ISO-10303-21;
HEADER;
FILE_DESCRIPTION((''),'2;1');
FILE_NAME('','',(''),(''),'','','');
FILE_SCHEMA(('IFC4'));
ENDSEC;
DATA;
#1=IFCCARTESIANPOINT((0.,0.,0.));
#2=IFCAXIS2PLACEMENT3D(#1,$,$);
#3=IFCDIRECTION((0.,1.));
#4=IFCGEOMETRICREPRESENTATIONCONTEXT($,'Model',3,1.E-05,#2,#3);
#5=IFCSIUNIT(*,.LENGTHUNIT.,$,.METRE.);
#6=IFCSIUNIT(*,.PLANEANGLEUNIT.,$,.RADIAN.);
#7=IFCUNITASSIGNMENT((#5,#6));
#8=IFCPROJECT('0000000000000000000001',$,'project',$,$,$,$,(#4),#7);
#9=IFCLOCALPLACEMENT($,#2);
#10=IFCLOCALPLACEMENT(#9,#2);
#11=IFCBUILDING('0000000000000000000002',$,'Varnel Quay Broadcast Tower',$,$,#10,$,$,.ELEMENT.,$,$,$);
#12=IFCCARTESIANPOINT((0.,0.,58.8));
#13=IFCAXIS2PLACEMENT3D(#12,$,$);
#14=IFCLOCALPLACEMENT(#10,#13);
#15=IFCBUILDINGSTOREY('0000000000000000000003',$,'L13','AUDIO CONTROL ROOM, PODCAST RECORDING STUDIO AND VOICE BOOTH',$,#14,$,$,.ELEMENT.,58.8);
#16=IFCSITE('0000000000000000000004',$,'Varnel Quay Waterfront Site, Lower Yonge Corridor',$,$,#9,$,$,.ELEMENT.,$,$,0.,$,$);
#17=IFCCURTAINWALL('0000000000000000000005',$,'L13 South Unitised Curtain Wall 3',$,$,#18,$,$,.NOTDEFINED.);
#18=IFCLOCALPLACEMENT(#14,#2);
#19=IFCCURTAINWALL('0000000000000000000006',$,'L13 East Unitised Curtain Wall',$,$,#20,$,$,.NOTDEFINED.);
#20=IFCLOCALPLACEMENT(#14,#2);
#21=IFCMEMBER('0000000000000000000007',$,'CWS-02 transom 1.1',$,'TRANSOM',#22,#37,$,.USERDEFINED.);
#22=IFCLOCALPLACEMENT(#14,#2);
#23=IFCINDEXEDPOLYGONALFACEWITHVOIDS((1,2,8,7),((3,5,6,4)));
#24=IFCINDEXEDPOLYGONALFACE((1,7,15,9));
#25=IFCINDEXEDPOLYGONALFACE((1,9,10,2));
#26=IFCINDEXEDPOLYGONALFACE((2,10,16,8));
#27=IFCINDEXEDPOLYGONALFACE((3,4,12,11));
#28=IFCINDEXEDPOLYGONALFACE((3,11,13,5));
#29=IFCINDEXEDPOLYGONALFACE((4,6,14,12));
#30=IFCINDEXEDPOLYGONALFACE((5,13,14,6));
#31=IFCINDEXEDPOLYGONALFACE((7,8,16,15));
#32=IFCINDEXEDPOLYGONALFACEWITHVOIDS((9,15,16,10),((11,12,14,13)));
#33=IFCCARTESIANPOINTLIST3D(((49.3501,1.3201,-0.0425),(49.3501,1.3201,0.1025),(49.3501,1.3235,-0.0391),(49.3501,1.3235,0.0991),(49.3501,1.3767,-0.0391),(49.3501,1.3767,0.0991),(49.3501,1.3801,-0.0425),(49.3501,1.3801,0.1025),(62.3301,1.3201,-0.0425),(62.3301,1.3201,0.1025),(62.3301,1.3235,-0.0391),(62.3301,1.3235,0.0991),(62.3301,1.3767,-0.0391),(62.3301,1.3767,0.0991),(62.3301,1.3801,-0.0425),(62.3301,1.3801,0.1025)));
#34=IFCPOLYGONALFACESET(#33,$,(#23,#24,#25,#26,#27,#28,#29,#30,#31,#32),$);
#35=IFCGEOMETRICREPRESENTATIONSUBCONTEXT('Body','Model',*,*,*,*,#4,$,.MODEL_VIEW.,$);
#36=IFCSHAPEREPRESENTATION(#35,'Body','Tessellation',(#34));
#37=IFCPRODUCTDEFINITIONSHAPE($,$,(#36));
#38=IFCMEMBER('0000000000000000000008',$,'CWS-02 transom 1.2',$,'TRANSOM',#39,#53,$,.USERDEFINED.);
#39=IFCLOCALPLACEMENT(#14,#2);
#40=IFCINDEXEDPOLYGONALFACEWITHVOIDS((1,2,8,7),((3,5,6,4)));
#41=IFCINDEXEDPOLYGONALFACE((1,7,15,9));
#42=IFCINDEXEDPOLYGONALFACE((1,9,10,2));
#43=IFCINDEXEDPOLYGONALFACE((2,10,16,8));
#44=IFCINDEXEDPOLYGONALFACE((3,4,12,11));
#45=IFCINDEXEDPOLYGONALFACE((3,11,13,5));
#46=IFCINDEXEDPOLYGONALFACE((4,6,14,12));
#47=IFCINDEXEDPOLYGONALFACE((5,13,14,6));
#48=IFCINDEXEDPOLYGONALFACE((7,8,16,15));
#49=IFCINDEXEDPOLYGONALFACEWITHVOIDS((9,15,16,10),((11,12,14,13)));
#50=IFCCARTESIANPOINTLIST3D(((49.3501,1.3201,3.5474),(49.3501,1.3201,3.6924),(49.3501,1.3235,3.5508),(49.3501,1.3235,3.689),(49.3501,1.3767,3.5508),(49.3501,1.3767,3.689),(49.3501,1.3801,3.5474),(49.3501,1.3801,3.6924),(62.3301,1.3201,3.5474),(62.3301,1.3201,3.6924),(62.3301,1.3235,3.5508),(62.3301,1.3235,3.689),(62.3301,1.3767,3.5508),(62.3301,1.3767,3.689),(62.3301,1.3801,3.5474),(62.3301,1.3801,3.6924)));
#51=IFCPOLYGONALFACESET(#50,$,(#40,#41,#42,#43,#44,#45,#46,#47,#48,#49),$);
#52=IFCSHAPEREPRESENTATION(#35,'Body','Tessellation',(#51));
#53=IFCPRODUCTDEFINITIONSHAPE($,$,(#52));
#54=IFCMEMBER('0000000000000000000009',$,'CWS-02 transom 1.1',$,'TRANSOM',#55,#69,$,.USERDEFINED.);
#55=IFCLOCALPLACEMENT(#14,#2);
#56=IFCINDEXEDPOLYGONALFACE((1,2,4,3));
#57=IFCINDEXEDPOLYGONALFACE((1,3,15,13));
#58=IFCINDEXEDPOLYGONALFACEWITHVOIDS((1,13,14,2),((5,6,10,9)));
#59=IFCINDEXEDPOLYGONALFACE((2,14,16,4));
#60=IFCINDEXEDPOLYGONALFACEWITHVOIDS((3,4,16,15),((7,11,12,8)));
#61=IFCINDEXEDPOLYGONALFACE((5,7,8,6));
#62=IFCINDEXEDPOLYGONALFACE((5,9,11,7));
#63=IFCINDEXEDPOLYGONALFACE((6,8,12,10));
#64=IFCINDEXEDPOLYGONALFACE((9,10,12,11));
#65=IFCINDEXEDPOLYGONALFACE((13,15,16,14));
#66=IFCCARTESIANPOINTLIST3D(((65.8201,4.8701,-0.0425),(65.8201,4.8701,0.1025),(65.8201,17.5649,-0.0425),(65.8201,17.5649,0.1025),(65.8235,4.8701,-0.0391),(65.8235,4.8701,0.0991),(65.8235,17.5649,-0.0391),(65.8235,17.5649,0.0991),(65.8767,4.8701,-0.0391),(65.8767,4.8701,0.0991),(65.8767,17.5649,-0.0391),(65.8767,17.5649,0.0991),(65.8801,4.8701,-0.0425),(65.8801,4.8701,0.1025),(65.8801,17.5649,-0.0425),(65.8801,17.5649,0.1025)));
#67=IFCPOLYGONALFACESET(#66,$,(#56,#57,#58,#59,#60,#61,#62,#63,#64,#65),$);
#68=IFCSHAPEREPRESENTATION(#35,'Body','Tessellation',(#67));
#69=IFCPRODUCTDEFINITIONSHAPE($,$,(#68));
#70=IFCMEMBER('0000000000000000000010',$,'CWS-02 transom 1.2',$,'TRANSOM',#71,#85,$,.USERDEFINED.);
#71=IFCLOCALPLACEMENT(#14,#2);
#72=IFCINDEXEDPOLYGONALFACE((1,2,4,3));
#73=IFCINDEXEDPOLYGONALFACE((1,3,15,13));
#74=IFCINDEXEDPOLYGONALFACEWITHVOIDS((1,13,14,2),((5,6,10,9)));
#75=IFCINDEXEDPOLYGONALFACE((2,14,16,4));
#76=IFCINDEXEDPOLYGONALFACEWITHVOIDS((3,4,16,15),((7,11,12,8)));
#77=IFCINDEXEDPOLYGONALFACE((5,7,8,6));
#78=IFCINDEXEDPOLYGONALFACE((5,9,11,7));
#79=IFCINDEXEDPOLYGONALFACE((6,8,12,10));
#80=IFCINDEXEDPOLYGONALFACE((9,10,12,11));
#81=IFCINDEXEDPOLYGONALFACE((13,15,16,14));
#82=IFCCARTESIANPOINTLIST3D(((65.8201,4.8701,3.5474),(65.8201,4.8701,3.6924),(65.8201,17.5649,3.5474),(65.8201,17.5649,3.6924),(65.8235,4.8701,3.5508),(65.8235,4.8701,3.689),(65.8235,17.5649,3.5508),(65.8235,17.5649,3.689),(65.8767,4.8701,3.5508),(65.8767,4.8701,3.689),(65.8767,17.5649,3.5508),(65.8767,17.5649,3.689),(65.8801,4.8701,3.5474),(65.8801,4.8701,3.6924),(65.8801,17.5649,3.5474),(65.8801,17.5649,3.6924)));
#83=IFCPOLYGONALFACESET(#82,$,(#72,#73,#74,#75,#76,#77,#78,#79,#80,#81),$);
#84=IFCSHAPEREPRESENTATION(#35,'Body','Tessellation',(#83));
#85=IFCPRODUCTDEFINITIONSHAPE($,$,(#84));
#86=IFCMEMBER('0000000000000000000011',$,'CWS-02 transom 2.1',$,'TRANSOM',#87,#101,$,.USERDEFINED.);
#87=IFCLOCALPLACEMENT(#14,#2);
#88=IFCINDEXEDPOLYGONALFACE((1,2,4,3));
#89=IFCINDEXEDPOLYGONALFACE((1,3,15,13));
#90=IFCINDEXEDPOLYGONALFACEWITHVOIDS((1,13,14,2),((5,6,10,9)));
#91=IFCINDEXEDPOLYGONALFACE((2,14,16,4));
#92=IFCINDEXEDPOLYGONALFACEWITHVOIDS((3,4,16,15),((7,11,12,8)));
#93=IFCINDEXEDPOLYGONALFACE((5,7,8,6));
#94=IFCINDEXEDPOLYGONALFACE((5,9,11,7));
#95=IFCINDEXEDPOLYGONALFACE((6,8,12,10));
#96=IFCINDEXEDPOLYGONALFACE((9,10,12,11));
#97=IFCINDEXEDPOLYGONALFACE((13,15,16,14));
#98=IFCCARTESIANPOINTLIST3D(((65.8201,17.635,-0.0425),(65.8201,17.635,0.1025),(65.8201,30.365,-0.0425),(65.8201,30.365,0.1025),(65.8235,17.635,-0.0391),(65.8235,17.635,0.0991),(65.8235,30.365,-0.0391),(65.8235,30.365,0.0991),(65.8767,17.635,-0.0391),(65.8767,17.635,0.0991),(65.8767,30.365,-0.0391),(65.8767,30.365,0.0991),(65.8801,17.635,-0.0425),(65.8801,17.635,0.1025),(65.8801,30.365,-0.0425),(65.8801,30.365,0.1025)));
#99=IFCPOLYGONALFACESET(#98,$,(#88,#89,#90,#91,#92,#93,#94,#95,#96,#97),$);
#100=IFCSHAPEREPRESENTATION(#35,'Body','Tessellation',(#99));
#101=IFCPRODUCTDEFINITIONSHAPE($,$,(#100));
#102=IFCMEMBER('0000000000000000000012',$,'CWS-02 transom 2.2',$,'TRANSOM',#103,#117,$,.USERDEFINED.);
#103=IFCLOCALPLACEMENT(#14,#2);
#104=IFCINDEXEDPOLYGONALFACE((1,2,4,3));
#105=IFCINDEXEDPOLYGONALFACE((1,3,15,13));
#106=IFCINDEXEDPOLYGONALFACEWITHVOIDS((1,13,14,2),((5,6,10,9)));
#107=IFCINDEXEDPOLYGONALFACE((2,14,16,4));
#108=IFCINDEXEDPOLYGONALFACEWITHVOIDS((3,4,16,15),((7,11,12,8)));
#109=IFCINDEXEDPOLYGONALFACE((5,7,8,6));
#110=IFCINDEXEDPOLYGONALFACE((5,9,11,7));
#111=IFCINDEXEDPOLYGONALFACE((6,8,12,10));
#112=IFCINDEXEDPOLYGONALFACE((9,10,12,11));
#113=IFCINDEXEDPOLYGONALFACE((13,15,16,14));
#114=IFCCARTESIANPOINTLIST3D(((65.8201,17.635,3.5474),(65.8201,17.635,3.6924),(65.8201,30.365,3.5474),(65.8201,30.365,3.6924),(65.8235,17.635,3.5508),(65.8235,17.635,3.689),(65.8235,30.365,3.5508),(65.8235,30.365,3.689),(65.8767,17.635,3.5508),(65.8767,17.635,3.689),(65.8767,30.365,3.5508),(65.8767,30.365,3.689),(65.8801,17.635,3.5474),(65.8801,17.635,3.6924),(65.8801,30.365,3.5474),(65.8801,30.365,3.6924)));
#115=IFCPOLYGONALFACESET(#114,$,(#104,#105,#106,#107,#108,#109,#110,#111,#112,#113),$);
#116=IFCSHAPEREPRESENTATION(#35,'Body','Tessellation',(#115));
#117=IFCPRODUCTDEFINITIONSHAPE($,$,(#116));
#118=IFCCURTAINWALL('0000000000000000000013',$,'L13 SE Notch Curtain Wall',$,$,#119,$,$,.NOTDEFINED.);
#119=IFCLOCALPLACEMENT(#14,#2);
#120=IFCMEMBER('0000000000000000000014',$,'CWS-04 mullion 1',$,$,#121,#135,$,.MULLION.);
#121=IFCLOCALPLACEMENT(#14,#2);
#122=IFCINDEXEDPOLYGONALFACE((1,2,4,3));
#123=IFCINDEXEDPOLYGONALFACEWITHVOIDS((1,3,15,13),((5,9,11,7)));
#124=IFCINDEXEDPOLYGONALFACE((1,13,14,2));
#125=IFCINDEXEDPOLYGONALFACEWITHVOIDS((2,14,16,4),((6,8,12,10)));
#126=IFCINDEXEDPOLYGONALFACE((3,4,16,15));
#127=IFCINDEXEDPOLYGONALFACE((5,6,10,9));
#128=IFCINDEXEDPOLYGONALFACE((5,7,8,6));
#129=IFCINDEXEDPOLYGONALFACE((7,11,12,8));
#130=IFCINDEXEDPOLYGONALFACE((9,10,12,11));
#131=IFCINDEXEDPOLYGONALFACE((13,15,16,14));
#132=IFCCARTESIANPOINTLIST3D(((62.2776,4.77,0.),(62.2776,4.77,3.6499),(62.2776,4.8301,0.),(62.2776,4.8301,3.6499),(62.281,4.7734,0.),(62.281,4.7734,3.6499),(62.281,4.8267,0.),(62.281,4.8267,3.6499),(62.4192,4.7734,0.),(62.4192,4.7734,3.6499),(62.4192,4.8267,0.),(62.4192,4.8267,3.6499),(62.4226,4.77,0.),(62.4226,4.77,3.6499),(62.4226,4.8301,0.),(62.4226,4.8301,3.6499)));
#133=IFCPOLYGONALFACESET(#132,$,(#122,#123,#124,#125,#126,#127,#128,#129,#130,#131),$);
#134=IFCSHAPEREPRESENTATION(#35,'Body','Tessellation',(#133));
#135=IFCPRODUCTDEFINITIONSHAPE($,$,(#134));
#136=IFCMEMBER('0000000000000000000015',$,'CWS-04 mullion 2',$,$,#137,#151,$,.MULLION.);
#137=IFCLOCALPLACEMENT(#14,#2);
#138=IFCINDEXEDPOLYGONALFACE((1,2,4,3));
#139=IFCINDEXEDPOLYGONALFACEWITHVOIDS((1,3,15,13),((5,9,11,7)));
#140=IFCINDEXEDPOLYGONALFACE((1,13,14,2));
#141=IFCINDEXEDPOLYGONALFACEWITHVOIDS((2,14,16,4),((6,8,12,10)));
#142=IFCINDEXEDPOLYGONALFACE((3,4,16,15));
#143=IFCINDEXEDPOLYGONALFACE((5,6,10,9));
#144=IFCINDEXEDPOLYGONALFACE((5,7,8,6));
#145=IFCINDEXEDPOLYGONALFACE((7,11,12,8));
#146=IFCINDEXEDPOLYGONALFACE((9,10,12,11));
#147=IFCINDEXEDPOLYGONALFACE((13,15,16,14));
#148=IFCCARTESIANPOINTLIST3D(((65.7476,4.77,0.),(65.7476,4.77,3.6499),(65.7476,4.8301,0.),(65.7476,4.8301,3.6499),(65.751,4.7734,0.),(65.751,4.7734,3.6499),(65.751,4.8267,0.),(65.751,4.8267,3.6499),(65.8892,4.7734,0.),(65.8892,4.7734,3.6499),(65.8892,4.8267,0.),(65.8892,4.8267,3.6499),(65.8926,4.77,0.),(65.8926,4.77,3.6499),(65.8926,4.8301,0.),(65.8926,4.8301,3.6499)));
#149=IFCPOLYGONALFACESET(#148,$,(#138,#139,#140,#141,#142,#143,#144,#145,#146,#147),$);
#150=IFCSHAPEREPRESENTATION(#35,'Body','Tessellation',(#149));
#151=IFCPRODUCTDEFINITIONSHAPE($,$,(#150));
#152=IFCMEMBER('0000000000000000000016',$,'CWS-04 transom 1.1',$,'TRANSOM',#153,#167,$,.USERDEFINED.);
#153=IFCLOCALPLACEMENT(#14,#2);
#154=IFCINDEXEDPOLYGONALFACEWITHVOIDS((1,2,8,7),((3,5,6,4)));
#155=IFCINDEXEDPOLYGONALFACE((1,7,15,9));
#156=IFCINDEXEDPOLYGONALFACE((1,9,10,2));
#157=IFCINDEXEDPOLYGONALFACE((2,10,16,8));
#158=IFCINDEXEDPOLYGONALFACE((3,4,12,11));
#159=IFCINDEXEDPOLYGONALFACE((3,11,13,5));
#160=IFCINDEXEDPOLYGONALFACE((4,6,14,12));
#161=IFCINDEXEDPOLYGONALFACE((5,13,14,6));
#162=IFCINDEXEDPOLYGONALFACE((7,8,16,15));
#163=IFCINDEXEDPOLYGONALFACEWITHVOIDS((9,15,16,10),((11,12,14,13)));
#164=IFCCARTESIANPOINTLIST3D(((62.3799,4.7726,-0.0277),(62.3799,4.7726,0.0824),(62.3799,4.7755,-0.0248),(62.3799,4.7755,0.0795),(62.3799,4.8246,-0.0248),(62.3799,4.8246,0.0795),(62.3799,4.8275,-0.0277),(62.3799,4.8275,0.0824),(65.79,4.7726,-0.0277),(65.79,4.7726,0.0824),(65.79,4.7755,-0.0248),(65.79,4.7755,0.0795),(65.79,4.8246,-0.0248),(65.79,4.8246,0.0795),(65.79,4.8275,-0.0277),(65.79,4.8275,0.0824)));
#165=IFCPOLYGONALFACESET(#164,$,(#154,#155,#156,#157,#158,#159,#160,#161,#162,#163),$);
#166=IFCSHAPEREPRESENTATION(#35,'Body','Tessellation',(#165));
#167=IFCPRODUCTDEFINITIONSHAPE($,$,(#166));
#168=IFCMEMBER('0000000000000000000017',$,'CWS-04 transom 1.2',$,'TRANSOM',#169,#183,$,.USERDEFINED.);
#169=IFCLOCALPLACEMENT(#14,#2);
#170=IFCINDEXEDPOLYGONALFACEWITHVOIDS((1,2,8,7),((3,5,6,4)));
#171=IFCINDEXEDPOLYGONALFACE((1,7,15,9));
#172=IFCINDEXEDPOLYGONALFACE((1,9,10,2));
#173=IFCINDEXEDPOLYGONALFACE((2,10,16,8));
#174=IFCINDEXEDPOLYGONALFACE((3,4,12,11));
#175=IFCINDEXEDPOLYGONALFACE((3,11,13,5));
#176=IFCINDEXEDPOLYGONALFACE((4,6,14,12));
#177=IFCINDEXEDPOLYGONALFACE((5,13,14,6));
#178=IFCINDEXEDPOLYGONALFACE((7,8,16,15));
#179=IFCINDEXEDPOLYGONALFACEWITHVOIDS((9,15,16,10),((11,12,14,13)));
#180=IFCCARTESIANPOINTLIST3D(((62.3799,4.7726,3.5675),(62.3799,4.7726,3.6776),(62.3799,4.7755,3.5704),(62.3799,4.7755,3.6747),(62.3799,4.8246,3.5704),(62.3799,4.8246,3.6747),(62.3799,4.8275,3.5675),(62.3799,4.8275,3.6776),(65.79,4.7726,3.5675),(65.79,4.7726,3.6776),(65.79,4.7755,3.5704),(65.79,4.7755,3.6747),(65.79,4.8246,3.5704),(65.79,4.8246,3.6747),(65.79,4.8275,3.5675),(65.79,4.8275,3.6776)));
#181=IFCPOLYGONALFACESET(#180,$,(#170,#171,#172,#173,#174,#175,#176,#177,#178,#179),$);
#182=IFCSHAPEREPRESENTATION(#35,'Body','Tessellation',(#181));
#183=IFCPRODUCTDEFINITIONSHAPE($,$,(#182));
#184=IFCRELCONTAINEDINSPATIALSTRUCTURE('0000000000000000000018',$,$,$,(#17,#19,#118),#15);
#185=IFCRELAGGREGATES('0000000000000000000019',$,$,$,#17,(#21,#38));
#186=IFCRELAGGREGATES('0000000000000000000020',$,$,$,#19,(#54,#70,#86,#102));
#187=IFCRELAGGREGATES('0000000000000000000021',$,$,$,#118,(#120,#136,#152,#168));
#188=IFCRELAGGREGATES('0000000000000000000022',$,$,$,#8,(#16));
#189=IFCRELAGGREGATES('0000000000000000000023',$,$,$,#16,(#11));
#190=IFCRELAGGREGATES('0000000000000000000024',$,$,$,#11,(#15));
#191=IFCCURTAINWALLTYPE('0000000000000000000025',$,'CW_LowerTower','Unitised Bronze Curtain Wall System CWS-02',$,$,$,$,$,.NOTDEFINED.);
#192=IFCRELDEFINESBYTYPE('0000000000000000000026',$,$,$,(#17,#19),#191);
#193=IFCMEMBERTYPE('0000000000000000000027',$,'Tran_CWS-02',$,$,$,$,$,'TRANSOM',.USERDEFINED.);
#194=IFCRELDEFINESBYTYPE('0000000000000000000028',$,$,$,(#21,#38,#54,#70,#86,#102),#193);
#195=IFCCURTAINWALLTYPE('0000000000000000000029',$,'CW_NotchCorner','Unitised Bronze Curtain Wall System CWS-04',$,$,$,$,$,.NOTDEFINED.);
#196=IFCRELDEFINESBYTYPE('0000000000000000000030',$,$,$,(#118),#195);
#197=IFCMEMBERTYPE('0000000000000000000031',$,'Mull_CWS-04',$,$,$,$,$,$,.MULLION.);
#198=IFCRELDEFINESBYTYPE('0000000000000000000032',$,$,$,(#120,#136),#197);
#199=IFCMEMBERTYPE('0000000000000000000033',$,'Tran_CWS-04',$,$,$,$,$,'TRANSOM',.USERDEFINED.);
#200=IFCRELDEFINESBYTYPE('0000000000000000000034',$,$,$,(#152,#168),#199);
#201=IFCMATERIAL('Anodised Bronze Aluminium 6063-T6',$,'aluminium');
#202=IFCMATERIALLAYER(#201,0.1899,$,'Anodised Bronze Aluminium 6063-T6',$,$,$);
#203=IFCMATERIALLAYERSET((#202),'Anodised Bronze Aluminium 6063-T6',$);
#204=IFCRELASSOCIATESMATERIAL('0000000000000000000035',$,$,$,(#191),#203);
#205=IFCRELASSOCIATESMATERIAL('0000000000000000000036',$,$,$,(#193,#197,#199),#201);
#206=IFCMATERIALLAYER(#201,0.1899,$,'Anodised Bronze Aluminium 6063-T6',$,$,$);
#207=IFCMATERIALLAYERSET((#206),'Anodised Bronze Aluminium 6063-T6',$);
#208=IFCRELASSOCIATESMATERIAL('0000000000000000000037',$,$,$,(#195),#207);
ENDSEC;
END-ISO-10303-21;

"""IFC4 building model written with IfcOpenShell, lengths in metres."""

from ifc_helpers import new_model, si_unit, direction, frame, origin, origin_2d, place, context, subcontext, project, spatial, hollow_rectangle, extrude, source, transform, mapped, material, layer, layer_set, material_profile, profile_set, type_object, type_shapes, element, aggregate, save


model = new_model("IFC4")

# Units and contexts
model_context = context("Model", 3, precision=1e-05, world=origin(), true_north=direction((0.0, 1.0)))
body_context = subcontext(model_context, "Body", "Model", "MODEL_VIEW")
ifc_project = project(units=[si_unit("LENGTHUNIT", "METRE"), si_unit("PLANEANGLEUNIT", "RADIAN")], contexts=[model_context])

# Site, building, storey
site_placement = place(None, origin())
site = spatial("IfcSite", under=ifc_project, at=site_placement, Name="Varnel Quay Waterfront Site, Lower Yonge Corridor", CompositionType="ELEMENT", RefElevation=0.0)
building_placement = place(site_placement, origin())
building = spatial("IfcBuilding", under=site, at=building_placement, Name="Varnel Quay Broadcast Tower", CompositionType="ELEMENT")
storey_placement = place(building_placement, frame((0.0, 0.0, 58.8)))
storey = spatial("IfcBuildingStorey", under=building, at=storey_placement, Name="L13", Description="AUDIO CONTROL ROOM, PODCAST RECORDING STUDIO AND VOICE BOOTH", CompositionType="ELEMENT", Elevation=58.8)

# Curtain walls
ifc_material_1 = material(Name="Anodised Bronze Aluminium 6063-T6", Category="aluminium")
ifc_layer_1 = layer(ifc_material_1, 0.1899, Name="Anodised Bronze Aluminium 6063-T6")
ifc_layer_set_1 = layer_set([ifc_layer_1], Name="Anodised Bronze Aluminium 6063-T6")
curtain_wall_type_1 = type_object("IfcCurtainWallType", Name="CW_LowerTower", Description="Unitised Bronze Curtain Wall System CWS-02", PredefinedType="NOTDEFINED", material=ifc_layer_set_1)
curtain_wall_1_placement = place(storey_placement, origin())
curtain_wall_1 = element("IfcCurtainWall", 1, at=curtain_wall_1_placement, inside=storey, type_object=curtain_wall_type_1, Name="L13 South Unitised Curtain Wall 3", PredefinedType="NOTDEFINED")
curtain_wall_2_placement = place(storey_placement, origin())
curtain_wall_2 = element("IfcCurtainWall", 2, at=curtain_wall_2_placement, inside=storey, type_object=curtain_wall_type_1, Name="L13 East Unitised Curtain Wall", PredefinedType="NOTDEFINED")

# Members
ifc_material_profile_1 = material_profile(ifc_material_1, hollow_rectangle(XDim=0.0601, YDim=0.145, WallThickness=0.0034, at=origin_2d()), Name="ALU60X145X3.5")
ifc_profile_set_1 = profile_set([ifc_material_profile_1], Name="Anodised Bronze Aluminium 6063-T6")
member_type_1 = type_object("IfcMemberType", Name="Tran_CWS-02", ElementType="TRANSOM", PredefinedType="USERDEFINED", material=ifc_profile_set_1)
shared_shape_1 = source(origin(), body_context, "Body", "SweptSolid", [
    extrude(hollow_rectangle(XDim=0.0601, YDim=0.145, WallThickness=0.0034, at=origin_2d()), origin(), (0.0, 0.0, 1.0), 12.98),
])
member_1_placement = place(storey_placement, frame((49.3501, 1.3501, 0.03), z_axis=(1.0, 0.0, 0.0), x_axis=(0.0, 1.0, 0.0)))
member_1 = element("IfcMember", 3, at=member_1_placement, type_object=member_type_1, Name="CWS-02 transom 1.1", ObjectType="TRANSOM", PredefinedType="USERDEFINED", context=body_context, shape_type="MappedRepresentation", body=[
    mapped(shared_shape_1, transform((0.0, 0.0, 0.0), x_axis=(1.0, 0.0, 0.0), y_axis=(0.0, 1.0, 0.0), z_axis=(0.0, 0.0, 1.0), scale=1.0)),
])
member_2_placement = place(storey_placement, frame((49.3501, 1.3501, 3.6199), z_axis=(1.0, 0.0, 0.0), x_axis=(0.0, 1.0, 0.0)))
member_2 = element("IfcMember", 4, at=member_2_placement, type_object=member_type_1, Name="CWS-02 transom 1.2", ObjectType="TRANSOM", PredefinedType="USERDEFINED", context=body_context, shape_type="MappedRepresentation", body=[
    mapped(shared_shape_1, transform((0.0, 0.0, 0.0), x_axis=(1.0, 0.0, 0.0), y_axis=(0.0, 1.0, 0.0), z_axis=(0.0, 0.0, 1.0), scale=1.0)),
])
shared_shape_2 = source(origin(), body_context, "Body", "SweptSolid", [
    extrude(hollow_rectangle(XDim=0.0601, YDim=0.145, WallThickness=0.0034, at=origin_2d()), origin(), (0.0, 0.0, 1.0), 12.6948),
])
member_3_placement = place(storey_placement, frame((65.8501, 4.8701, 0.03), z_axis=(0.0, 1.0, 0.0), x_axis=(-1.0, 0.0, 0.0)))
member_3 = element("IfcMember", 5, at=member_3_placement, type_object=member_type_1, Name="CWS-02 transom 1.1", ObjectType="TRANSOM", PredefinedType="USERDEFINED", context=body_context, shape_type="MappedRepresentation", body=[
    mapped(shared_shape_2, transform((0.0, 0.0, 0.0), x_axis=(1.0, 0.0, 0.0), y_axis=(0.0, 1.0, 0.0), z_axis=(0.0, 0.0, 1.0), scale=1.0)),
])
member_4_placement = place(storey_placement, frame((65.8501, 4.8701, 3.6199), z_axis=(0.0, 1.0, 0.0), x_axis=(-1.0, 0.0, 0.0)))
member_4 = element("IfcMember", 6, at=member_4_placement, type_object=member_type_1, Name="CWS-02 transom 1.2", ObjectType="TRANSOM", PredefinedType="USERDEFINED", context=body_context, shape_type="MappedRepresentation", body=[
    mapped(shared_shape_2, transform((0.0, 0.0, 0.0), x_axis=(1.0, 0.0, 0.0), y_axis=(0.0, 1.0, 0.0), z_axis=(0.0, 0.0, 1.0), scale=1.0)),
])
shared_shape_3 = source(origin(), body_context, "Body", "SweptSolid", [
    extrude(hollow_rectangle(XDim=0.0601, YDim=0.145, WallThickness=0.0034, at=origin_2d()), origin(), (0.0, 0.0, 1.0), 12.73),
])
type_shapes(member_type_1, [shared_shape_1, shared_shape_2, shared_shape_3])
member_5_placement = place(storey_placement, frame((65.8501, 17.635, 0.03), z_axis=(0.0, 1.0, 0.0), x_axis=(-1.0, 0.0, 0.0)))
member_5 = element("IfcMember", 7, at=member_5_placement, type_object=member_type_1, Name="CWS-02 transom 2.1", ObjectType="TRANSOM", PredefinedType="USERDEFINED", context=body_context, shape_type="MappedRepresentation", body=[
    mapped(shared_shape_3, transform((0.0, 0.0, 0.0), x_axis=(1.0, 0.0, 0.0), y_axis=(0.0, 1.0, 0.0), z_axis=(0.0, 0.0, 1.0), scale=1.0)),
])
member_6_placement = place(storey_placement, frame((65.8501, 17.635, 3.6199), z_axis=(0.0, 1.0, 0.0), x_axis=(-1.0, 0.0, 0.0)))
member_6 = element("IfcMember", 8, at=member_6_placement, type_object=member_type_1, Name="CWS-02 transom 2.2", ObjectType="TRANSOM", PredefinedType="USERDEFINED", context=body_context, shape_type="MappedRepresentation", body=[
    mapped(shared_shape_3, transform((0.0, 0.0, 0.0), x_axis=(1.0, 0.0, 0.0), y_axis=(0.0, 1.0, 0.0), z_axis=(0.0, 0.0, 1.0), scale=1.0)),
])

# Curtain wall, members
ifc_layer_2 = layer(ifc_material_1, 0.1899, Name="Anodised Bronze Aluminium 6063-T6")
ifc_layer_set_2 = layer_set([ifc_layer_2], Name="Anodised Bronze Aluminium 6063-T6")
curtain_wall_type_2 = type_object("IfcCurtainWallType", Name="CW_NotchCorner", Description="Unitised Bronze Curtain Wall System CWS-04", PredefinedType="NOTDEFINED", material=ifc_layer_set_2)
curtain_wall_3_placement = place(storey_placement, origin())
curtain_wall_3 = element("IfcCurtainWall", 9, at=curtain_wall_3_placement, inside=storey, type_object=curtain_wall_type_2, Name="L13 SE Notch Curtain Wall", PredefinedType="NOTDEFINED")
ifc_material_profile_2 = material_profile(ifc_material_1, hollow_rectangle(XDim=0.0601, YDim=0.145, WallThickness=0.0034, at=origin_2d()), Name="ALU60X145X3.5")
ifc_profile_set_2 = profile_set([ifc_material_profile_2], Name="Anodised Bronze Aluminium 6063-T6")
member_type_2 = type_object("IfcMemberType", Name="Mull_CWS-04", PredefinedType="MULLION", material=ifc_profile_set_2)
shared_shape_4 = source(origin(), body_context, "Body", "SweptSolid", [
    extrude(hollow_rectangle(XDim=0.0601, YDim=0.145, WallThickness=0.0034, at=origin_2d()), origin(), (0.0, 0.0, 1.0), 3.6499),
])
type_shapes(member_type_2, [shared_shape_4])
member_7_placement = place(storey_placement, frame((62.3501, 4.8, 0.0), z_axis=(0.0, 0.0, 1.0), x_axis=(0.0, 1.0, 0.0)))
member_7 = element("IfcMember", 10, at=member_7_placement, type_object=member_type_2, Name="CWS-04 mullion 1", PredefinedType="MULLION", context=body_context, shape_type="MappedRepresentation", body=[
    mapped(shared_shape_4, transform((0.0, 0.0, 0.0), x_axis=(1.0, 0.0, 0.0), y_axis=(0.0, 1.0, 0.0), z_axis=(0.0, 0.0, 1.0), scale=1.0)),
])
member_8_placement = place(storey_placement, frame((65.8201, 4.8, 0.0), z_axis=(0.0, 0.0, 1.0), x_axis=(0.0, 1.0, 0.0)))
member_8 = element("IfcMember", 11, at=member_8_placement, type_object=member_type_2, Name="CWS-04 mullion 2", PredefinedType="MULLION", context=body_context, shape_type="MappedRepresentation", body=[
    mapped(shared_shape_4, transform((0.0, 0.0, 0.0), x_axis=(1.0, 0.0, 0.0), y_axis=(0.0, 1.0, 0.0), z_axis=(0.0, 0.0, 1.0), scale=1.0)),
])
ifc_material_profile_3 = material_profile(ifc_material_1, hollow_rectangle(XDim=0.0549, YDim=0.1101, WallThickness=0.0029, at=origin_2d()), Name="ALU55X110X3")
ifc_profile_set_3 = profile_set([ifc_material_profile_3], Name="Anodised Bronze Aluminium 6063-T6")
member_type_3 = type_object("IfcMemberType", Name="Tran_CWS-04", ElementType="TRANSOM", PredefinedType="USERDEFINED", material=ifc_profile_set_3)
shared_shape_5 = source(origin(), body_context, "Body", "SweptSolid", [
    extrude(hollow_rectangle(XDim=0.0549, YDim=0.1101, WallThickness=0.0029, at=origin_2d()), origin(), (0.0, 0.0, 1.0), 3.4102),
])
type_shapes(member_type_3, [shared_shape_5])
member_9_placement = place(storey_placement, frame((62.3799, 4.8, 0.0273), z_axis=(1.0, 0.0, 0.0), x_axis=(0.0, 1.0, 0.0)))
member_9 = element("IfcMember", 12, at=member_9_placement, type_object=member_type_3, Name="CWS-04 transom 1.1", ObjectType="TRANSOM", PredefinedType="USERDEFINED", context=body_context, shape_type="MappedRepresentation", body=[
    mapped(shared_shape_5, transform((0.0, 0.0, 0.0), x_axis=(1.0, 0.0, 0.0), y_axis=(0.0, 1.0, 0.0), z_axis=(0.0, 0.0, 1.0), scale=1.0)),
])
member_10_placement = place(storey_placement, frame((62.3799, 4.8, 3.6226), z_axis=(1.0, 0.0, 0.0), x_axis=(0.0, 1.0, 0.0)))
member_10 = element("IfcMember", 13, at=member_10_placement, type_object=member_type_3, Name="CWS-04 transom 1.2", ObjectType="TRANSOM", PredefinedType="USERDEFINED", context=body_context, shape_type="MappedRepresentation", body=[
    mapped(shared_shape_5, transform((0.0, 0.0, 0.0), x_axis=(1.0, 0.0, 0.0), y_axis=(0.0, 1.0, 0.0), z_axis=(0.0, 0.0, 1.0), scale=1.0)),
])

aggregate(curtain_wall_1, [member_1, member_2])
aggregate(curtain_wall_2, [member_3, member_4, member_5, member_6])
aggregate(curtain_wall_3, [member_7, member_8, member_9, member_10])

save(model, "model.ifc")
